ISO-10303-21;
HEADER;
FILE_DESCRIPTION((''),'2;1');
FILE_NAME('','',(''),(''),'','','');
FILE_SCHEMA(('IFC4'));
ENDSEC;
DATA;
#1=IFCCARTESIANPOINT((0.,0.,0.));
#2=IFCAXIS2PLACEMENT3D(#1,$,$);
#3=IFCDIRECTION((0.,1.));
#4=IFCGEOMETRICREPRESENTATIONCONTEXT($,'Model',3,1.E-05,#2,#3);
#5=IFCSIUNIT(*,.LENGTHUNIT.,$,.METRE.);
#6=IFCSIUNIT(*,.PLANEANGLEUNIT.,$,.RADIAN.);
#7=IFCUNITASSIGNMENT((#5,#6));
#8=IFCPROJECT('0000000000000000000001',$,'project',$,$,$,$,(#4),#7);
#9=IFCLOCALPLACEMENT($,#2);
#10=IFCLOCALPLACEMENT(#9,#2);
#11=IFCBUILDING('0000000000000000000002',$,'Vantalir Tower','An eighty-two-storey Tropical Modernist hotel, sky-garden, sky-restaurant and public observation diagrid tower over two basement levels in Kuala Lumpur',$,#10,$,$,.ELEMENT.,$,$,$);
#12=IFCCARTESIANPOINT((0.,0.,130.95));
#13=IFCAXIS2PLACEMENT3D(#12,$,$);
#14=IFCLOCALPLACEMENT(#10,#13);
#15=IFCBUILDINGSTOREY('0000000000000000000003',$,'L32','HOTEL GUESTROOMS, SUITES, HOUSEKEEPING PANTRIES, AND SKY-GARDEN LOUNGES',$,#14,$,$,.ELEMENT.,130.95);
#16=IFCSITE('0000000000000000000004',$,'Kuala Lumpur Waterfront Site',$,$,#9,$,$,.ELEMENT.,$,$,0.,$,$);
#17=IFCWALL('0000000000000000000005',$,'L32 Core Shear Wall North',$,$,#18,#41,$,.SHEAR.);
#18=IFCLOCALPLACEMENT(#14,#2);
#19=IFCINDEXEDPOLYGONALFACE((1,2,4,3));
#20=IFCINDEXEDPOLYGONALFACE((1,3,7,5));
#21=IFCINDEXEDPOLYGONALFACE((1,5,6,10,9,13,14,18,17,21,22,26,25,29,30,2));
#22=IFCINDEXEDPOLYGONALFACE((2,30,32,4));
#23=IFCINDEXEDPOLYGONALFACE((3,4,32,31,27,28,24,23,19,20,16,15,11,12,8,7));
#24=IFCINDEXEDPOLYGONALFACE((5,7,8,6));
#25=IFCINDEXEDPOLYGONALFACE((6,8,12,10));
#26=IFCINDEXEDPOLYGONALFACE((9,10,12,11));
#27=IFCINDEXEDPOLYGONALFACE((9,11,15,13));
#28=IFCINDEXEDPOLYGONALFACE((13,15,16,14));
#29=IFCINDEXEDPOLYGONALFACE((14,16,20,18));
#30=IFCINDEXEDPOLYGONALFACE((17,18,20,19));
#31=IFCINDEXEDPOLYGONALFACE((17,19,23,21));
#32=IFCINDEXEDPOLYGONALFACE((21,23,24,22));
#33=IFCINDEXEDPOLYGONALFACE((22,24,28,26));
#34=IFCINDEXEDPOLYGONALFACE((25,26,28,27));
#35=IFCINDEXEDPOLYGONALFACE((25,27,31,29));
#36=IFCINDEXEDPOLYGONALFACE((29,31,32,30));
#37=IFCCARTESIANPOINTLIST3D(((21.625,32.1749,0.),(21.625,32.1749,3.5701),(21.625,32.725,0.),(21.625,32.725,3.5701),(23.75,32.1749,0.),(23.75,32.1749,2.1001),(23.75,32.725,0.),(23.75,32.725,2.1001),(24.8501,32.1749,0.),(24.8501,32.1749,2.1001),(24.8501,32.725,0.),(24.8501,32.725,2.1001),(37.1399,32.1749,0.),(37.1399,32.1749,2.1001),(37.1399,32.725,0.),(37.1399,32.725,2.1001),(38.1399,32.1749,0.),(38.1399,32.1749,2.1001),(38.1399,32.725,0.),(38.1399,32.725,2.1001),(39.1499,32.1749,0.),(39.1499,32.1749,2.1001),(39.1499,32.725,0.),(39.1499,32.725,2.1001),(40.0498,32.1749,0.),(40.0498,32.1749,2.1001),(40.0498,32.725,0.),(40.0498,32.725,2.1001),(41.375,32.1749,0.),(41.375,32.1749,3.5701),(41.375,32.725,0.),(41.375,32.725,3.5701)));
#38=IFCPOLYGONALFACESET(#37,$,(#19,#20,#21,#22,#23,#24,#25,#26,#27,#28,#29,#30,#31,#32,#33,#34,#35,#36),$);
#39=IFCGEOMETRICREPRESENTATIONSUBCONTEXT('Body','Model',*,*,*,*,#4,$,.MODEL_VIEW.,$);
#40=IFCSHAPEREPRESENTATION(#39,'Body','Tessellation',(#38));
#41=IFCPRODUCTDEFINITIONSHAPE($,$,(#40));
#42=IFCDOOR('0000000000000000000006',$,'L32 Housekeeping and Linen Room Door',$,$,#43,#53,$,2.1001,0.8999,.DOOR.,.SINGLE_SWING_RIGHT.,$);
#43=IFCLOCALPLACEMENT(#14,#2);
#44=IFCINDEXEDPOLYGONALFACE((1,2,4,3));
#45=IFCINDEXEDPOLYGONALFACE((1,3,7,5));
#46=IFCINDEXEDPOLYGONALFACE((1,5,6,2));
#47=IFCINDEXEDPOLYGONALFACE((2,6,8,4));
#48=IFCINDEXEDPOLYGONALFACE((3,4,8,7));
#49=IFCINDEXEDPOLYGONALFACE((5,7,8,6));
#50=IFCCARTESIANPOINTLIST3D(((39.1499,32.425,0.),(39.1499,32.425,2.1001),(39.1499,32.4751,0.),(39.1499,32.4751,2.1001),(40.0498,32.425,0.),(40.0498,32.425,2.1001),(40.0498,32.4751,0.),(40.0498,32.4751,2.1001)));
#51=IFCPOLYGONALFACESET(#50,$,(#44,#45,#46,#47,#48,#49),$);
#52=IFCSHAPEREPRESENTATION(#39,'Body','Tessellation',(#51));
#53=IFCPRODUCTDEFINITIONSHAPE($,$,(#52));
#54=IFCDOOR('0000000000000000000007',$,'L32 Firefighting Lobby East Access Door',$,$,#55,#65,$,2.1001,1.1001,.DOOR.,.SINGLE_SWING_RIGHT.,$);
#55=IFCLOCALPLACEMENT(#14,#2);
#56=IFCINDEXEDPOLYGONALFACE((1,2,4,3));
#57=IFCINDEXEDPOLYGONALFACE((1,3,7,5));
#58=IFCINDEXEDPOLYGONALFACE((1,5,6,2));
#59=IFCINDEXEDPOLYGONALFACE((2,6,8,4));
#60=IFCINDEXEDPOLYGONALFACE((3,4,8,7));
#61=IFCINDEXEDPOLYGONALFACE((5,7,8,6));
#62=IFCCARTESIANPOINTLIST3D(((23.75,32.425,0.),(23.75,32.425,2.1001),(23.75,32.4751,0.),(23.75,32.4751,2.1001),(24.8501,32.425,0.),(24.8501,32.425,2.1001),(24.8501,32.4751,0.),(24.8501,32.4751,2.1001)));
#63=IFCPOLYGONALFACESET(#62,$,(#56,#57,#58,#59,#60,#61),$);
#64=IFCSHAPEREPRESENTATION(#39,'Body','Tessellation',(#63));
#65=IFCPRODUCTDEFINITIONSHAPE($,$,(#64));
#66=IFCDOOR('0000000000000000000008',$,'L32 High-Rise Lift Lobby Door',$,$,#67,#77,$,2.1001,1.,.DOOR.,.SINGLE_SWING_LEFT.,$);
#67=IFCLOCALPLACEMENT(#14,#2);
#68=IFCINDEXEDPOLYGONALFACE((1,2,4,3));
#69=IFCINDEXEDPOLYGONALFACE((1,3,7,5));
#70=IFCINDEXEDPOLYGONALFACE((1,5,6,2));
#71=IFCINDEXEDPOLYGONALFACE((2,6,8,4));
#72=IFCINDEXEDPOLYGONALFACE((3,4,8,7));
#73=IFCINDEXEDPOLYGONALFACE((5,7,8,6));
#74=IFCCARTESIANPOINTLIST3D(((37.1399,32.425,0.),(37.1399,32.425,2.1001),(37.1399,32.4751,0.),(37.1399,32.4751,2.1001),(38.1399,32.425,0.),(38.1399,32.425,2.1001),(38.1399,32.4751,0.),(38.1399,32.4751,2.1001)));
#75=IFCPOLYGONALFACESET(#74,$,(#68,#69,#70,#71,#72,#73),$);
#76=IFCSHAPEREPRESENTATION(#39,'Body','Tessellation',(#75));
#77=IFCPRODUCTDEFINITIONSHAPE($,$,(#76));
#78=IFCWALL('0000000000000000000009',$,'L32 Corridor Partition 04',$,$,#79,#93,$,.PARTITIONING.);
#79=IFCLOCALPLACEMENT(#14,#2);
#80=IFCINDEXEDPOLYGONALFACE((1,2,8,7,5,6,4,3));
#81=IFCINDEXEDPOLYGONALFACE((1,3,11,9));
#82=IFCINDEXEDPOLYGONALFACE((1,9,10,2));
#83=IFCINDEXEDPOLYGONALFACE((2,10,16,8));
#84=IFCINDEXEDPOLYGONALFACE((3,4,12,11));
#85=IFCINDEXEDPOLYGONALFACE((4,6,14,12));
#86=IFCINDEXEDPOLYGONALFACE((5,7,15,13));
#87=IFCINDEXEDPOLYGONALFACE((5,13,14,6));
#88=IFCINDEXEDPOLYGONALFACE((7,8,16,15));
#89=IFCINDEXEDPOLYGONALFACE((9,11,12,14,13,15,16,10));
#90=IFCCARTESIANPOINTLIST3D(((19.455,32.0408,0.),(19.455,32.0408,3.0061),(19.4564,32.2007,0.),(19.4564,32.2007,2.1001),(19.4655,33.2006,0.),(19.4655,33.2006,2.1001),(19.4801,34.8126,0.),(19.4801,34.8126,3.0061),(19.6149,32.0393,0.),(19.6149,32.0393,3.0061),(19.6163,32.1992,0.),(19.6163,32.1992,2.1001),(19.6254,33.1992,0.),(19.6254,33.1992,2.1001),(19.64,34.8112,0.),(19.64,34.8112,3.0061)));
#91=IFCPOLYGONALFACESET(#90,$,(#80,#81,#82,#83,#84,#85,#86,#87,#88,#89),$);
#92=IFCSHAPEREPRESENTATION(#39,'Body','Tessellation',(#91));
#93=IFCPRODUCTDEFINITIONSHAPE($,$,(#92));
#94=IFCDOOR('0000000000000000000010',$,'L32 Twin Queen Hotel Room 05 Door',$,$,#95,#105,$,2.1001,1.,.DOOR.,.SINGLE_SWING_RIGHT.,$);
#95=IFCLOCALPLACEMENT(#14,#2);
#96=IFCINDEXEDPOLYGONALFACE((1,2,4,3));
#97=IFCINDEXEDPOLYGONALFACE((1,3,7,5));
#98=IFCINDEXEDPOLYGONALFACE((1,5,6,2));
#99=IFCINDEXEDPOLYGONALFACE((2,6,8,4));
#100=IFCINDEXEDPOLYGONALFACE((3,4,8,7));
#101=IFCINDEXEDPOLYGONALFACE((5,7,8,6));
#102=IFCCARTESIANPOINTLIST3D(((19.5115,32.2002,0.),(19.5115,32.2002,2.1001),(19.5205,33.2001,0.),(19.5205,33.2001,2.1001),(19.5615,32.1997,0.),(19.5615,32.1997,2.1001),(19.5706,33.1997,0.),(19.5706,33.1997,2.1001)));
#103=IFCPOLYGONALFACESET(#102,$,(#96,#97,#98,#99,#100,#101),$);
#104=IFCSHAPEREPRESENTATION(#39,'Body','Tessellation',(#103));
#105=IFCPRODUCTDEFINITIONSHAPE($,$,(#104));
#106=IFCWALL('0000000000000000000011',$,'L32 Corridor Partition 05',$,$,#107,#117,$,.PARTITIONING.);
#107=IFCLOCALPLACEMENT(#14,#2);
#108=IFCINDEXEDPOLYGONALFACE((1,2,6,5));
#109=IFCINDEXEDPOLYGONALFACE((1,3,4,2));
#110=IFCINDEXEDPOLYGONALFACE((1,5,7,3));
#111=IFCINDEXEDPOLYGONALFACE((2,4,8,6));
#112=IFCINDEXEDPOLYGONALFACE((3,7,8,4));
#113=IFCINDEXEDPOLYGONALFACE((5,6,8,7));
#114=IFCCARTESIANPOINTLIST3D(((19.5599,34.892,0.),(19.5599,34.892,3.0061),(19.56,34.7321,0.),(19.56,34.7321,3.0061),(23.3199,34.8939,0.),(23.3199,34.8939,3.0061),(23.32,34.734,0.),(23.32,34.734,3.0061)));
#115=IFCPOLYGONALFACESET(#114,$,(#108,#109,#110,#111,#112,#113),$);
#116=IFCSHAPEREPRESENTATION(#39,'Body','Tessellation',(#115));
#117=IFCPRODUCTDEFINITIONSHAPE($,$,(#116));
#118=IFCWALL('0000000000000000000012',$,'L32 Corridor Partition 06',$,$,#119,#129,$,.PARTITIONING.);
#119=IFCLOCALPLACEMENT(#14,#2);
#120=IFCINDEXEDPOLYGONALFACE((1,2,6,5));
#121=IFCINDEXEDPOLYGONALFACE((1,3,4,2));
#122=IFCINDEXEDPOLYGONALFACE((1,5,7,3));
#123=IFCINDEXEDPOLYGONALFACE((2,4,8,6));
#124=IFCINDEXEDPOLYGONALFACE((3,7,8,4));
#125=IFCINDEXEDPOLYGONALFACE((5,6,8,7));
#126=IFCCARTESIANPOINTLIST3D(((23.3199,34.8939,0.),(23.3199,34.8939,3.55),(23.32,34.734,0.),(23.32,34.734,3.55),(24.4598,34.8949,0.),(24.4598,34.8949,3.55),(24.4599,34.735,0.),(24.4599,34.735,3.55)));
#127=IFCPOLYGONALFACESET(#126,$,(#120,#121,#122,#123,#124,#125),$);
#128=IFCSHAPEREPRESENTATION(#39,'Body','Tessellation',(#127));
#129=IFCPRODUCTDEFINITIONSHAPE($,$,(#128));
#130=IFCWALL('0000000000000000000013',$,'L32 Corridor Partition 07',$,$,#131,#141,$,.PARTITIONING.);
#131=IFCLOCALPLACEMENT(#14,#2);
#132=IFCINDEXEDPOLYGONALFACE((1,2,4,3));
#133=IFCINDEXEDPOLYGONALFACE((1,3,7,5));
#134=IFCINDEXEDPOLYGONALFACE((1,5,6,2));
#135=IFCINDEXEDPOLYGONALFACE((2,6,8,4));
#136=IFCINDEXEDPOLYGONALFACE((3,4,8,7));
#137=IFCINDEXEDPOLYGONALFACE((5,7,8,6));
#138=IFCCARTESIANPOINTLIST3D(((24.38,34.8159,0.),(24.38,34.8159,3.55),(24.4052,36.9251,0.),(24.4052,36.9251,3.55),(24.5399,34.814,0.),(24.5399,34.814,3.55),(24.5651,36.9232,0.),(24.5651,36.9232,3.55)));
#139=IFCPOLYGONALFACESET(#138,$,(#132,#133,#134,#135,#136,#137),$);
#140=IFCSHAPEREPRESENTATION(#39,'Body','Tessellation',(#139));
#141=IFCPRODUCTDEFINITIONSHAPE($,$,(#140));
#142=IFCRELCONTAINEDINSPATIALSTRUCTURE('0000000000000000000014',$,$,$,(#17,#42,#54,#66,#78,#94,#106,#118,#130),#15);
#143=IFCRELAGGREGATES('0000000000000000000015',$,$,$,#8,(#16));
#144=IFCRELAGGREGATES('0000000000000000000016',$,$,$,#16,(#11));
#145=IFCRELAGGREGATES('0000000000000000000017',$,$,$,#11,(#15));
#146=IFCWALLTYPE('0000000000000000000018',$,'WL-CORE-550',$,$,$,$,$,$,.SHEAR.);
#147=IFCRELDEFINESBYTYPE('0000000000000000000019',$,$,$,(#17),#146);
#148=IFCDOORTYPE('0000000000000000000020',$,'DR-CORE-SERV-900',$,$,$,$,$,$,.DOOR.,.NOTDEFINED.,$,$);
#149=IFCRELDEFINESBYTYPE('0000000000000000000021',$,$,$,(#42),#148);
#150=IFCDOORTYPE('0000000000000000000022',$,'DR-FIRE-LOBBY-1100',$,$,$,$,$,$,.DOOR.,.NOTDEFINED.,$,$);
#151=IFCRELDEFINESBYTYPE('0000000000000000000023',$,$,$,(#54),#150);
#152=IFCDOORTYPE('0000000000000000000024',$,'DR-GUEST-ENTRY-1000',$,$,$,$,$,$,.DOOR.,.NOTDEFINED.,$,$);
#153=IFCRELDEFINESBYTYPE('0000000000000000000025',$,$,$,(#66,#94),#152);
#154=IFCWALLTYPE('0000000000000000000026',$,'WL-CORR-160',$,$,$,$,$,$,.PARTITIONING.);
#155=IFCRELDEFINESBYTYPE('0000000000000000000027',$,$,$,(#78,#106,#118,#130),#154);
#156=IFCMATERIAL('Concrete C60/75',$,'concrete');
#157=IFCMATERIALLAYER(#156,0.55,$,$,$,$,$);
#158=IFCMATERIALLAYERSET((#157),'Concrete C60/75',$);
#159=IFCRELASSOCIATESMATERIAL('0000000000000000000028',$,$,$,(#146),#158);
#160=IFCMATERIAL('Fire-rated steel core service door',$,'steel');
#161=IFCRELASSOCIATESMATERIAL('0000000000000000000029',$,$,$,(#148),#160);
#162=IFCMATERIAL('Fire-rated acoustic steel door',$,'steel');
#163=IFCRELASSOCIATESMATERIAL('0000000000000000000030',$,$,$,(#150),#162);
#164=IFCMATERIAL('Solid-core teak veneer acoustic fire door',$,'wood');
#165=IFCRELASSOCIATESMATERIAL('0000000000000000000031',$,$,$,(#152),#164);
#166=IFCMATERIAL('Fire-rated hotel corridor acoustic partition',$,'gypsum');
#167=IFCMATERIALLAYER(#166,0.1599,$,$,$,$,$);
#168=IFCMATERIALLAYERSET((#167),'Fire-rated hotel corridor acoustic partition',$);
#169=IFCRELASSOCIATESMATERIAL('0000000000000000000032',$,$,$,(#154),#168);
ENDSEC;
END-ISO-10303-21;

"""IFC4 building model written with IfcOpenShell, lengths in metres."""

from ifc_helpers import new_model, si_unit, direction, frame, frame_2d, origin, place, context, subcontext, project, spatial, rectangle, extrude, material, layer, layer_set, type_object, element, fill, save


model = new_model("IFC4")

# Units and contexts
model_context = context("Model", 3, precision=1e-05, world=origin(), true_north=direction((0.0, 1.0)))
body_context = subcontext(model_context, "Body", "Model", "MODEL_VIEW")
ifc_project = project(units=[si_unit("LENGTHUNIT", "METRE"), si_unit("PLANEANGLEUNIT", "RADIAN")], contexts=[model_context])

# Site, building, storey
site_placement = place(None, origin())
site = spatial("IfcSite", under=ifc_project, at=site_placement, Name="Kuala Lumpur Waterfront Site", CompositionType="ELEMENT", RefElevation=0.0)
building_placement = place(site_placement, origin())
building = spatial("IfcBuilding", under=site, at=building_placement, Name="Vantalir Tower", Description="An eighty-two-storey Tropical Modernist hotel, sky-garden, sky-restaurant and public observation diagrid tower over two basement levels in Kuala Lumpur", CompositionType="ELEMENT")
storey_placement = place(building_placement, frame((0.0, 0.0, 130.95)))
storey = spatial("IfcBuildingStorey", under=building, at=storey_placement, Name="L32", Description="HOTEL GUESTROOMS, SUITES, HOUSEKEEPING PANTRIES, AND SKY-GARDEN LOUNGES", CompositionType="ELEMENT", Elevation=130.95)

# Shared definitions
ifc_material_1 = material(Name="Concrete C60/75", Category="concrete")

# Wall, openings, doors
ifc_layer_1 = layer(ifc_material_1, 0.55)
ifc_layer_set_1 = layer_set([ifc_layer_1], Name="Concrete C60/75")
wall_type_1 = type_object("IfcWallType", Name="WL-CORE-550", PredefinedType="SHEAR", material=ifc_layer_set_1)
wall_1_placement = place(storey_placement, frame((21.625, 32.45, 0.0), z_axis=(0.0, 0.0, 1.0), x_axis=(1.0, 0.0, 0.0)))
wall_1 = element("IfcWall", 1, at=wall_1_placement, inside=storey, type_object=wall_type_1, Name="L32 Core Shear Wall North", PredefinedType="SHEAR", context=body_context, shape_type="SweptSolid", body=[
    extrude(rectangle(XDim=19.75, YDim=0.55, at=frame_2d((9.875, 0.0))), origin(), (0.0, 0.0, 1.0), 3.5701),
])
opening_1_placement = place(wall_1_placement, frame((2.125, 0.0, 0.0)))
opening_1 = element("IfcOpeningElement", 2, at=opening_1_placement, cuts=wall_1, PredefinedType="OPENING", context=body_context, shape_type="SweptSolid", body=[
    extrude(rectangle(XDim=1.1001, YDim=2.1001, at=frame_2d((0.55, 1.05))), frame((0.0, 0.2849, 0.0), z_axis=(0.0, -1.0, 0.0), x_axis=(1.0, 0.0, 0.0)), (0.0, 0.0, 1.0), 0.5701),
])
opening_2_placement = place(wall_1_placement, frame((15.5149, 0.0, 0.0)))
opening_2 = element("IfcOpeningElement", 3, at=opening_2_placement, cuts=wall_1, PredefinedType="OPENING", context=body_context, shape_type="SweptSolid", body=[
    extrude(rectangle(XDim=1.0, YDim=2.1001, at=frame_2d((0.5, 1.05))), frame((0.0, 0.2849, 0.0), z_axis=(0.0, -1.0, 0.0), x_axis=(1.0, 0.0, 0.0)), (0.0, 0.0, 1.0), 0.5701),
])
opening_3_placement = place(wall_1_placement, frame((17.5249, 0.0, 0.0)))
opening_3 = element("IfcOpeningElement", 4, at=opening_3_placement, cuts=wall_1, PredefinedType="OPENING", context=body_context, shape_type="SweptSolid", body=[
    extrude(rectangle(XDim=0.8999, YDim=2.1001, at=frame_2d((0.45, 1.05))), frame((0.0, 0.2849, 0.0), z_axis=(0.0, -1.0, 0.0), x_axis=(1.0, 0.0, 0.0)), (0.0, 0.0, 1.0), 0.5701),
])
ifc_material_2 = material(Name="Fire-rated steel core service door", Category="steel")
door_type_1 = type_object("IfcDoorType", Name="DR-CORE-SERV-900", OperationType="NOTDEFINED", PredefinedType="DOOR", material=ifc_material_2)
door_1_placement = place(opening_3_placement, frame((0.8999, 0.0, 0.0), z_axis=(0.0, 0.0, 1.0), x_axis=(-1.0, 0.0, 0.0)))
door_1 = element("IfcDoor", 5, at=door_1_placement, inside=storey, type_object=door_type_1, Name="L32 Housekeeping and Linen Room Door", OperationType="SINGLE_SWING_RIGHT", OverallHeight=2.1001, OverallWidth=0.8999, PredefinedType="DOOR", context=body_context, shape_type="SweptSolid", body=[
    extrude(rectangle(XDim=0.8999, YDim=2.1001, at=frame_2d((0.45, 1.05))), frame((0.0, 0.0249, 0.0), z_axis=(0.0, -1.0, 0.0), x_axis=(1.0, 0.0, 0.0)), (0.0, 0.0, 1.0), 0.05),
])
fill(opening_3, door_1)
ifc_material_3 = material(Name="Fire-rated acoustic steel door", Category="steel")
door_type_2 = type_object("IfcDoorType", Name="DR-FIRE-LOBBY-1100", OperationType="NOTDEFINED", PredefinedType="DOOR", material=ifc_material_3)
door_2_placement = place(opening_1_placement, frame((1.1001, 0.0, 0.0), z_axis=(0.0, 0.0, 1.0), x_axis=(-1.0, 0.0, 0.0)))
door_2 = element("IfcDoor", 6, at=door_2_placement, inside=storey, type_object=door_type_2, Name="L32 Firefighting Lobby East Access Door", OperationType="SINGLE_SWING_RIGHT", OverallHeight=2.1001, OverallWidth=1.1001, PredefinedType="DOOR", context=body_context, shape_type="SweptSolid", body=[
    extrude(rectangle(XDim=1.1001, YDim=2.1001, at=frame_2d((0.55, 1.05))), frame((0.0, 0.0249, 0.0), z_axis=(0.0, -1.0, 0.0), x_axis=(1.0, 0.0, 0.0)), (0.0, 0.0, 1.0), 0.05),
])
fill(opening_1, door_2)
ifc_material_4 = material(Name="Solid-core teak veneer acoustic fire door", Category="wood")
door_type_3 = type_object("IfcDoorType", Name="DR-GUEST-ENTRY-1000", OperationType="NOTDEFINED", PredefinedType="DOOR", material=ifc_material_4)
door_3_placement = place(opening_2_placement, frame((1.0, 0.0, 0.0), z_axis=(0.0, 0.0, 1.0), x_axis=(-1.0, 0.0, 0.0)))
door_3 = element("IfcDoor", 7, at=door_3_placement, inside=storey, type_object=door_type_3, Name="L32 High-Rise Lift Lobby Door", OperationType="SINGLE_SWING_LEFT", OverallHeight=2.1001, OverallWidth=1.0, PredefinedType="DOOR", context=body_context, shape_type="SweptSolid", body=[
    extrude(rectangle(XDim=1.0, YDim=2.1001, at=frame_2d((0.5, 1.05))), frame((0.0, 0.0249, 0.0), z_axis=(0.0, -1.0, 0.0), x_axis=(1.0, 0.0, 0.0)), (0.0, 0.0, 1.0), 0.05),
])
fill(opening_2, door_3)

# Wall, opening, door
ifc_material_5 = material(Name="Fire-rated hotel corridor acoustic partition", Category="gypsum")
ifc_layer_2 = layer(ifc_material_5, 0.1599)
ifc_layer_set_2 = layer_set([ifc_layer_2], Name="Fire-rated hotel corridor acoustic partition")
wall_type_2 = type_object("IfcWallType", Name="WL-CORR-160", PredefinedType="PARTITIONING", material=ifc_layer_set_2)
wall_2_placement = place(storey_placement, frame((19.5349, 32.04, 0.0), z_axis=(0.0, 0.0, 1.0), x_axis=(0.009071, 0.999959, 0.0)))
wall_2 = element("IfcWall", 8, at=wall_2_placement, inside=storey, type_object=wall_type_2, Name="L32 Corridor Partition 04", PredefinedType="PARTITIONING", context=body_context, shape_type="SweptSolid", body=[
    extrude(rectangle(XDim=2.772, YDim=0.1599, at=frame_2d((1.386, 0.0))), origin(), (0.0, 0.0, 1.0), 3.0061),
])
opening_4_placement = place(wall_2_placement, frame((0.1599, 0.0, 0.0)))
opening_4 = element("IfcOpeningElement", 9, at=opening_4_placement, cuts=wall_2, PredefinedType="OPENING", context=body_context, shape_type="SweptSolid", body=[
    extrude(rectangle(XDim=1.0, YDim=2.1001, at=frame_2d((0.5, 1.05))), frame((0.0, 0.0898, 0.0), z_axis=(0.0, -1.0, 0.0), x_axis=(1.0, 0.0, 0.0)), (0.0, 0.0, 1.0), 0.1799),
])
door_4_placement = place(opening_4_placement, origin())
door_4 = element("IfcDoor", 10, at=door_4_placement, inside=storey, type_object=door_type_3, Name="L32 Twin Queen Hotel Room 05 Door", OperationType="SINGLE_SWING_RIGHT", OverallHeight=2.1001, OverallWidth=1.0, PredefinedType="DOOR", context=body_context, shape_type="SweptSolid", body=[
    extrude(rectangle(XDim=1.0, YDim=2.1001, at=frame_2d((0.5, 1.05))), frame((0.0, 0.0249, 0.0), z_axis=(0.0, -1.0, 0.0), x_axis=(1.0, 0.0, 0.0)), (0.0, 0.0, 1.0), 0.05),
])
fill(opening_4, door_4)

# Walls
wall_3_placement = place(storey_placement, frame((19.5601, 34.812, 0.0), z_axis=(0.0, 0.0, 1.0), x_axis=(1.0, 0.000519, 0.0)))
element("IfcWall", 11, at=wall_3_placement, inside=storey, type_object=wall_type_2, Name="L32 Corridor Partition 05", PredefinedType="PARTITIONING", context=body_context, shape_type="SweptSolid", body=[
    extrude(rectangle(XDim=3.76, YDim=0.1599, at=frame_2d((1.8799, 0.0))), origin(), (0.0, 0.0, 1.0), 3.0061),
])
wall_4_placement = place(storey_placement, frame((23.3201, 34.814, 0.0), z_axis=(0.0, 0.0, 1.0), x_axis=(1.0, 0.000857, 0.0)))
element("IfcWall", 12, at=wall_4_placement, inside=storey, type_object=wall_type_2, Name="L32 Corridor Partition 06", PredefinedType="PARTITIONING", context=body_context, shape_type="SweptSolid", body=[
    extrude(rectangle(XDim=1.1399, YDim=0.1599, at=frame_2d((0.5698, 0.0))), origin(), (0.0, 0.0, 1.0), 3.55),
])
wall_5_placement = place(storey_placement, frame((24.46, 34.8149, 0.0), z_axis=(0.0, 0.0, 1.0), x_axis=(0.011922, 0.999929, 0.0)))
element("IfcWall", 13, at=wall_5_placement, inside=storey, type_object=wall_type_2, Name="L32 Corridor Partition 07", PredefinedType="PARTITIONING", context=body_context, shape_type="SweptSolid", body=[
    extrude(rectangle(XDim=2.1094, YDim=0.1599, at=frame_2d((1.0547, 0.0))), origin(), (0.0, 0.0, 1.0), 3.55),
])

save(model, "model.ifc")
